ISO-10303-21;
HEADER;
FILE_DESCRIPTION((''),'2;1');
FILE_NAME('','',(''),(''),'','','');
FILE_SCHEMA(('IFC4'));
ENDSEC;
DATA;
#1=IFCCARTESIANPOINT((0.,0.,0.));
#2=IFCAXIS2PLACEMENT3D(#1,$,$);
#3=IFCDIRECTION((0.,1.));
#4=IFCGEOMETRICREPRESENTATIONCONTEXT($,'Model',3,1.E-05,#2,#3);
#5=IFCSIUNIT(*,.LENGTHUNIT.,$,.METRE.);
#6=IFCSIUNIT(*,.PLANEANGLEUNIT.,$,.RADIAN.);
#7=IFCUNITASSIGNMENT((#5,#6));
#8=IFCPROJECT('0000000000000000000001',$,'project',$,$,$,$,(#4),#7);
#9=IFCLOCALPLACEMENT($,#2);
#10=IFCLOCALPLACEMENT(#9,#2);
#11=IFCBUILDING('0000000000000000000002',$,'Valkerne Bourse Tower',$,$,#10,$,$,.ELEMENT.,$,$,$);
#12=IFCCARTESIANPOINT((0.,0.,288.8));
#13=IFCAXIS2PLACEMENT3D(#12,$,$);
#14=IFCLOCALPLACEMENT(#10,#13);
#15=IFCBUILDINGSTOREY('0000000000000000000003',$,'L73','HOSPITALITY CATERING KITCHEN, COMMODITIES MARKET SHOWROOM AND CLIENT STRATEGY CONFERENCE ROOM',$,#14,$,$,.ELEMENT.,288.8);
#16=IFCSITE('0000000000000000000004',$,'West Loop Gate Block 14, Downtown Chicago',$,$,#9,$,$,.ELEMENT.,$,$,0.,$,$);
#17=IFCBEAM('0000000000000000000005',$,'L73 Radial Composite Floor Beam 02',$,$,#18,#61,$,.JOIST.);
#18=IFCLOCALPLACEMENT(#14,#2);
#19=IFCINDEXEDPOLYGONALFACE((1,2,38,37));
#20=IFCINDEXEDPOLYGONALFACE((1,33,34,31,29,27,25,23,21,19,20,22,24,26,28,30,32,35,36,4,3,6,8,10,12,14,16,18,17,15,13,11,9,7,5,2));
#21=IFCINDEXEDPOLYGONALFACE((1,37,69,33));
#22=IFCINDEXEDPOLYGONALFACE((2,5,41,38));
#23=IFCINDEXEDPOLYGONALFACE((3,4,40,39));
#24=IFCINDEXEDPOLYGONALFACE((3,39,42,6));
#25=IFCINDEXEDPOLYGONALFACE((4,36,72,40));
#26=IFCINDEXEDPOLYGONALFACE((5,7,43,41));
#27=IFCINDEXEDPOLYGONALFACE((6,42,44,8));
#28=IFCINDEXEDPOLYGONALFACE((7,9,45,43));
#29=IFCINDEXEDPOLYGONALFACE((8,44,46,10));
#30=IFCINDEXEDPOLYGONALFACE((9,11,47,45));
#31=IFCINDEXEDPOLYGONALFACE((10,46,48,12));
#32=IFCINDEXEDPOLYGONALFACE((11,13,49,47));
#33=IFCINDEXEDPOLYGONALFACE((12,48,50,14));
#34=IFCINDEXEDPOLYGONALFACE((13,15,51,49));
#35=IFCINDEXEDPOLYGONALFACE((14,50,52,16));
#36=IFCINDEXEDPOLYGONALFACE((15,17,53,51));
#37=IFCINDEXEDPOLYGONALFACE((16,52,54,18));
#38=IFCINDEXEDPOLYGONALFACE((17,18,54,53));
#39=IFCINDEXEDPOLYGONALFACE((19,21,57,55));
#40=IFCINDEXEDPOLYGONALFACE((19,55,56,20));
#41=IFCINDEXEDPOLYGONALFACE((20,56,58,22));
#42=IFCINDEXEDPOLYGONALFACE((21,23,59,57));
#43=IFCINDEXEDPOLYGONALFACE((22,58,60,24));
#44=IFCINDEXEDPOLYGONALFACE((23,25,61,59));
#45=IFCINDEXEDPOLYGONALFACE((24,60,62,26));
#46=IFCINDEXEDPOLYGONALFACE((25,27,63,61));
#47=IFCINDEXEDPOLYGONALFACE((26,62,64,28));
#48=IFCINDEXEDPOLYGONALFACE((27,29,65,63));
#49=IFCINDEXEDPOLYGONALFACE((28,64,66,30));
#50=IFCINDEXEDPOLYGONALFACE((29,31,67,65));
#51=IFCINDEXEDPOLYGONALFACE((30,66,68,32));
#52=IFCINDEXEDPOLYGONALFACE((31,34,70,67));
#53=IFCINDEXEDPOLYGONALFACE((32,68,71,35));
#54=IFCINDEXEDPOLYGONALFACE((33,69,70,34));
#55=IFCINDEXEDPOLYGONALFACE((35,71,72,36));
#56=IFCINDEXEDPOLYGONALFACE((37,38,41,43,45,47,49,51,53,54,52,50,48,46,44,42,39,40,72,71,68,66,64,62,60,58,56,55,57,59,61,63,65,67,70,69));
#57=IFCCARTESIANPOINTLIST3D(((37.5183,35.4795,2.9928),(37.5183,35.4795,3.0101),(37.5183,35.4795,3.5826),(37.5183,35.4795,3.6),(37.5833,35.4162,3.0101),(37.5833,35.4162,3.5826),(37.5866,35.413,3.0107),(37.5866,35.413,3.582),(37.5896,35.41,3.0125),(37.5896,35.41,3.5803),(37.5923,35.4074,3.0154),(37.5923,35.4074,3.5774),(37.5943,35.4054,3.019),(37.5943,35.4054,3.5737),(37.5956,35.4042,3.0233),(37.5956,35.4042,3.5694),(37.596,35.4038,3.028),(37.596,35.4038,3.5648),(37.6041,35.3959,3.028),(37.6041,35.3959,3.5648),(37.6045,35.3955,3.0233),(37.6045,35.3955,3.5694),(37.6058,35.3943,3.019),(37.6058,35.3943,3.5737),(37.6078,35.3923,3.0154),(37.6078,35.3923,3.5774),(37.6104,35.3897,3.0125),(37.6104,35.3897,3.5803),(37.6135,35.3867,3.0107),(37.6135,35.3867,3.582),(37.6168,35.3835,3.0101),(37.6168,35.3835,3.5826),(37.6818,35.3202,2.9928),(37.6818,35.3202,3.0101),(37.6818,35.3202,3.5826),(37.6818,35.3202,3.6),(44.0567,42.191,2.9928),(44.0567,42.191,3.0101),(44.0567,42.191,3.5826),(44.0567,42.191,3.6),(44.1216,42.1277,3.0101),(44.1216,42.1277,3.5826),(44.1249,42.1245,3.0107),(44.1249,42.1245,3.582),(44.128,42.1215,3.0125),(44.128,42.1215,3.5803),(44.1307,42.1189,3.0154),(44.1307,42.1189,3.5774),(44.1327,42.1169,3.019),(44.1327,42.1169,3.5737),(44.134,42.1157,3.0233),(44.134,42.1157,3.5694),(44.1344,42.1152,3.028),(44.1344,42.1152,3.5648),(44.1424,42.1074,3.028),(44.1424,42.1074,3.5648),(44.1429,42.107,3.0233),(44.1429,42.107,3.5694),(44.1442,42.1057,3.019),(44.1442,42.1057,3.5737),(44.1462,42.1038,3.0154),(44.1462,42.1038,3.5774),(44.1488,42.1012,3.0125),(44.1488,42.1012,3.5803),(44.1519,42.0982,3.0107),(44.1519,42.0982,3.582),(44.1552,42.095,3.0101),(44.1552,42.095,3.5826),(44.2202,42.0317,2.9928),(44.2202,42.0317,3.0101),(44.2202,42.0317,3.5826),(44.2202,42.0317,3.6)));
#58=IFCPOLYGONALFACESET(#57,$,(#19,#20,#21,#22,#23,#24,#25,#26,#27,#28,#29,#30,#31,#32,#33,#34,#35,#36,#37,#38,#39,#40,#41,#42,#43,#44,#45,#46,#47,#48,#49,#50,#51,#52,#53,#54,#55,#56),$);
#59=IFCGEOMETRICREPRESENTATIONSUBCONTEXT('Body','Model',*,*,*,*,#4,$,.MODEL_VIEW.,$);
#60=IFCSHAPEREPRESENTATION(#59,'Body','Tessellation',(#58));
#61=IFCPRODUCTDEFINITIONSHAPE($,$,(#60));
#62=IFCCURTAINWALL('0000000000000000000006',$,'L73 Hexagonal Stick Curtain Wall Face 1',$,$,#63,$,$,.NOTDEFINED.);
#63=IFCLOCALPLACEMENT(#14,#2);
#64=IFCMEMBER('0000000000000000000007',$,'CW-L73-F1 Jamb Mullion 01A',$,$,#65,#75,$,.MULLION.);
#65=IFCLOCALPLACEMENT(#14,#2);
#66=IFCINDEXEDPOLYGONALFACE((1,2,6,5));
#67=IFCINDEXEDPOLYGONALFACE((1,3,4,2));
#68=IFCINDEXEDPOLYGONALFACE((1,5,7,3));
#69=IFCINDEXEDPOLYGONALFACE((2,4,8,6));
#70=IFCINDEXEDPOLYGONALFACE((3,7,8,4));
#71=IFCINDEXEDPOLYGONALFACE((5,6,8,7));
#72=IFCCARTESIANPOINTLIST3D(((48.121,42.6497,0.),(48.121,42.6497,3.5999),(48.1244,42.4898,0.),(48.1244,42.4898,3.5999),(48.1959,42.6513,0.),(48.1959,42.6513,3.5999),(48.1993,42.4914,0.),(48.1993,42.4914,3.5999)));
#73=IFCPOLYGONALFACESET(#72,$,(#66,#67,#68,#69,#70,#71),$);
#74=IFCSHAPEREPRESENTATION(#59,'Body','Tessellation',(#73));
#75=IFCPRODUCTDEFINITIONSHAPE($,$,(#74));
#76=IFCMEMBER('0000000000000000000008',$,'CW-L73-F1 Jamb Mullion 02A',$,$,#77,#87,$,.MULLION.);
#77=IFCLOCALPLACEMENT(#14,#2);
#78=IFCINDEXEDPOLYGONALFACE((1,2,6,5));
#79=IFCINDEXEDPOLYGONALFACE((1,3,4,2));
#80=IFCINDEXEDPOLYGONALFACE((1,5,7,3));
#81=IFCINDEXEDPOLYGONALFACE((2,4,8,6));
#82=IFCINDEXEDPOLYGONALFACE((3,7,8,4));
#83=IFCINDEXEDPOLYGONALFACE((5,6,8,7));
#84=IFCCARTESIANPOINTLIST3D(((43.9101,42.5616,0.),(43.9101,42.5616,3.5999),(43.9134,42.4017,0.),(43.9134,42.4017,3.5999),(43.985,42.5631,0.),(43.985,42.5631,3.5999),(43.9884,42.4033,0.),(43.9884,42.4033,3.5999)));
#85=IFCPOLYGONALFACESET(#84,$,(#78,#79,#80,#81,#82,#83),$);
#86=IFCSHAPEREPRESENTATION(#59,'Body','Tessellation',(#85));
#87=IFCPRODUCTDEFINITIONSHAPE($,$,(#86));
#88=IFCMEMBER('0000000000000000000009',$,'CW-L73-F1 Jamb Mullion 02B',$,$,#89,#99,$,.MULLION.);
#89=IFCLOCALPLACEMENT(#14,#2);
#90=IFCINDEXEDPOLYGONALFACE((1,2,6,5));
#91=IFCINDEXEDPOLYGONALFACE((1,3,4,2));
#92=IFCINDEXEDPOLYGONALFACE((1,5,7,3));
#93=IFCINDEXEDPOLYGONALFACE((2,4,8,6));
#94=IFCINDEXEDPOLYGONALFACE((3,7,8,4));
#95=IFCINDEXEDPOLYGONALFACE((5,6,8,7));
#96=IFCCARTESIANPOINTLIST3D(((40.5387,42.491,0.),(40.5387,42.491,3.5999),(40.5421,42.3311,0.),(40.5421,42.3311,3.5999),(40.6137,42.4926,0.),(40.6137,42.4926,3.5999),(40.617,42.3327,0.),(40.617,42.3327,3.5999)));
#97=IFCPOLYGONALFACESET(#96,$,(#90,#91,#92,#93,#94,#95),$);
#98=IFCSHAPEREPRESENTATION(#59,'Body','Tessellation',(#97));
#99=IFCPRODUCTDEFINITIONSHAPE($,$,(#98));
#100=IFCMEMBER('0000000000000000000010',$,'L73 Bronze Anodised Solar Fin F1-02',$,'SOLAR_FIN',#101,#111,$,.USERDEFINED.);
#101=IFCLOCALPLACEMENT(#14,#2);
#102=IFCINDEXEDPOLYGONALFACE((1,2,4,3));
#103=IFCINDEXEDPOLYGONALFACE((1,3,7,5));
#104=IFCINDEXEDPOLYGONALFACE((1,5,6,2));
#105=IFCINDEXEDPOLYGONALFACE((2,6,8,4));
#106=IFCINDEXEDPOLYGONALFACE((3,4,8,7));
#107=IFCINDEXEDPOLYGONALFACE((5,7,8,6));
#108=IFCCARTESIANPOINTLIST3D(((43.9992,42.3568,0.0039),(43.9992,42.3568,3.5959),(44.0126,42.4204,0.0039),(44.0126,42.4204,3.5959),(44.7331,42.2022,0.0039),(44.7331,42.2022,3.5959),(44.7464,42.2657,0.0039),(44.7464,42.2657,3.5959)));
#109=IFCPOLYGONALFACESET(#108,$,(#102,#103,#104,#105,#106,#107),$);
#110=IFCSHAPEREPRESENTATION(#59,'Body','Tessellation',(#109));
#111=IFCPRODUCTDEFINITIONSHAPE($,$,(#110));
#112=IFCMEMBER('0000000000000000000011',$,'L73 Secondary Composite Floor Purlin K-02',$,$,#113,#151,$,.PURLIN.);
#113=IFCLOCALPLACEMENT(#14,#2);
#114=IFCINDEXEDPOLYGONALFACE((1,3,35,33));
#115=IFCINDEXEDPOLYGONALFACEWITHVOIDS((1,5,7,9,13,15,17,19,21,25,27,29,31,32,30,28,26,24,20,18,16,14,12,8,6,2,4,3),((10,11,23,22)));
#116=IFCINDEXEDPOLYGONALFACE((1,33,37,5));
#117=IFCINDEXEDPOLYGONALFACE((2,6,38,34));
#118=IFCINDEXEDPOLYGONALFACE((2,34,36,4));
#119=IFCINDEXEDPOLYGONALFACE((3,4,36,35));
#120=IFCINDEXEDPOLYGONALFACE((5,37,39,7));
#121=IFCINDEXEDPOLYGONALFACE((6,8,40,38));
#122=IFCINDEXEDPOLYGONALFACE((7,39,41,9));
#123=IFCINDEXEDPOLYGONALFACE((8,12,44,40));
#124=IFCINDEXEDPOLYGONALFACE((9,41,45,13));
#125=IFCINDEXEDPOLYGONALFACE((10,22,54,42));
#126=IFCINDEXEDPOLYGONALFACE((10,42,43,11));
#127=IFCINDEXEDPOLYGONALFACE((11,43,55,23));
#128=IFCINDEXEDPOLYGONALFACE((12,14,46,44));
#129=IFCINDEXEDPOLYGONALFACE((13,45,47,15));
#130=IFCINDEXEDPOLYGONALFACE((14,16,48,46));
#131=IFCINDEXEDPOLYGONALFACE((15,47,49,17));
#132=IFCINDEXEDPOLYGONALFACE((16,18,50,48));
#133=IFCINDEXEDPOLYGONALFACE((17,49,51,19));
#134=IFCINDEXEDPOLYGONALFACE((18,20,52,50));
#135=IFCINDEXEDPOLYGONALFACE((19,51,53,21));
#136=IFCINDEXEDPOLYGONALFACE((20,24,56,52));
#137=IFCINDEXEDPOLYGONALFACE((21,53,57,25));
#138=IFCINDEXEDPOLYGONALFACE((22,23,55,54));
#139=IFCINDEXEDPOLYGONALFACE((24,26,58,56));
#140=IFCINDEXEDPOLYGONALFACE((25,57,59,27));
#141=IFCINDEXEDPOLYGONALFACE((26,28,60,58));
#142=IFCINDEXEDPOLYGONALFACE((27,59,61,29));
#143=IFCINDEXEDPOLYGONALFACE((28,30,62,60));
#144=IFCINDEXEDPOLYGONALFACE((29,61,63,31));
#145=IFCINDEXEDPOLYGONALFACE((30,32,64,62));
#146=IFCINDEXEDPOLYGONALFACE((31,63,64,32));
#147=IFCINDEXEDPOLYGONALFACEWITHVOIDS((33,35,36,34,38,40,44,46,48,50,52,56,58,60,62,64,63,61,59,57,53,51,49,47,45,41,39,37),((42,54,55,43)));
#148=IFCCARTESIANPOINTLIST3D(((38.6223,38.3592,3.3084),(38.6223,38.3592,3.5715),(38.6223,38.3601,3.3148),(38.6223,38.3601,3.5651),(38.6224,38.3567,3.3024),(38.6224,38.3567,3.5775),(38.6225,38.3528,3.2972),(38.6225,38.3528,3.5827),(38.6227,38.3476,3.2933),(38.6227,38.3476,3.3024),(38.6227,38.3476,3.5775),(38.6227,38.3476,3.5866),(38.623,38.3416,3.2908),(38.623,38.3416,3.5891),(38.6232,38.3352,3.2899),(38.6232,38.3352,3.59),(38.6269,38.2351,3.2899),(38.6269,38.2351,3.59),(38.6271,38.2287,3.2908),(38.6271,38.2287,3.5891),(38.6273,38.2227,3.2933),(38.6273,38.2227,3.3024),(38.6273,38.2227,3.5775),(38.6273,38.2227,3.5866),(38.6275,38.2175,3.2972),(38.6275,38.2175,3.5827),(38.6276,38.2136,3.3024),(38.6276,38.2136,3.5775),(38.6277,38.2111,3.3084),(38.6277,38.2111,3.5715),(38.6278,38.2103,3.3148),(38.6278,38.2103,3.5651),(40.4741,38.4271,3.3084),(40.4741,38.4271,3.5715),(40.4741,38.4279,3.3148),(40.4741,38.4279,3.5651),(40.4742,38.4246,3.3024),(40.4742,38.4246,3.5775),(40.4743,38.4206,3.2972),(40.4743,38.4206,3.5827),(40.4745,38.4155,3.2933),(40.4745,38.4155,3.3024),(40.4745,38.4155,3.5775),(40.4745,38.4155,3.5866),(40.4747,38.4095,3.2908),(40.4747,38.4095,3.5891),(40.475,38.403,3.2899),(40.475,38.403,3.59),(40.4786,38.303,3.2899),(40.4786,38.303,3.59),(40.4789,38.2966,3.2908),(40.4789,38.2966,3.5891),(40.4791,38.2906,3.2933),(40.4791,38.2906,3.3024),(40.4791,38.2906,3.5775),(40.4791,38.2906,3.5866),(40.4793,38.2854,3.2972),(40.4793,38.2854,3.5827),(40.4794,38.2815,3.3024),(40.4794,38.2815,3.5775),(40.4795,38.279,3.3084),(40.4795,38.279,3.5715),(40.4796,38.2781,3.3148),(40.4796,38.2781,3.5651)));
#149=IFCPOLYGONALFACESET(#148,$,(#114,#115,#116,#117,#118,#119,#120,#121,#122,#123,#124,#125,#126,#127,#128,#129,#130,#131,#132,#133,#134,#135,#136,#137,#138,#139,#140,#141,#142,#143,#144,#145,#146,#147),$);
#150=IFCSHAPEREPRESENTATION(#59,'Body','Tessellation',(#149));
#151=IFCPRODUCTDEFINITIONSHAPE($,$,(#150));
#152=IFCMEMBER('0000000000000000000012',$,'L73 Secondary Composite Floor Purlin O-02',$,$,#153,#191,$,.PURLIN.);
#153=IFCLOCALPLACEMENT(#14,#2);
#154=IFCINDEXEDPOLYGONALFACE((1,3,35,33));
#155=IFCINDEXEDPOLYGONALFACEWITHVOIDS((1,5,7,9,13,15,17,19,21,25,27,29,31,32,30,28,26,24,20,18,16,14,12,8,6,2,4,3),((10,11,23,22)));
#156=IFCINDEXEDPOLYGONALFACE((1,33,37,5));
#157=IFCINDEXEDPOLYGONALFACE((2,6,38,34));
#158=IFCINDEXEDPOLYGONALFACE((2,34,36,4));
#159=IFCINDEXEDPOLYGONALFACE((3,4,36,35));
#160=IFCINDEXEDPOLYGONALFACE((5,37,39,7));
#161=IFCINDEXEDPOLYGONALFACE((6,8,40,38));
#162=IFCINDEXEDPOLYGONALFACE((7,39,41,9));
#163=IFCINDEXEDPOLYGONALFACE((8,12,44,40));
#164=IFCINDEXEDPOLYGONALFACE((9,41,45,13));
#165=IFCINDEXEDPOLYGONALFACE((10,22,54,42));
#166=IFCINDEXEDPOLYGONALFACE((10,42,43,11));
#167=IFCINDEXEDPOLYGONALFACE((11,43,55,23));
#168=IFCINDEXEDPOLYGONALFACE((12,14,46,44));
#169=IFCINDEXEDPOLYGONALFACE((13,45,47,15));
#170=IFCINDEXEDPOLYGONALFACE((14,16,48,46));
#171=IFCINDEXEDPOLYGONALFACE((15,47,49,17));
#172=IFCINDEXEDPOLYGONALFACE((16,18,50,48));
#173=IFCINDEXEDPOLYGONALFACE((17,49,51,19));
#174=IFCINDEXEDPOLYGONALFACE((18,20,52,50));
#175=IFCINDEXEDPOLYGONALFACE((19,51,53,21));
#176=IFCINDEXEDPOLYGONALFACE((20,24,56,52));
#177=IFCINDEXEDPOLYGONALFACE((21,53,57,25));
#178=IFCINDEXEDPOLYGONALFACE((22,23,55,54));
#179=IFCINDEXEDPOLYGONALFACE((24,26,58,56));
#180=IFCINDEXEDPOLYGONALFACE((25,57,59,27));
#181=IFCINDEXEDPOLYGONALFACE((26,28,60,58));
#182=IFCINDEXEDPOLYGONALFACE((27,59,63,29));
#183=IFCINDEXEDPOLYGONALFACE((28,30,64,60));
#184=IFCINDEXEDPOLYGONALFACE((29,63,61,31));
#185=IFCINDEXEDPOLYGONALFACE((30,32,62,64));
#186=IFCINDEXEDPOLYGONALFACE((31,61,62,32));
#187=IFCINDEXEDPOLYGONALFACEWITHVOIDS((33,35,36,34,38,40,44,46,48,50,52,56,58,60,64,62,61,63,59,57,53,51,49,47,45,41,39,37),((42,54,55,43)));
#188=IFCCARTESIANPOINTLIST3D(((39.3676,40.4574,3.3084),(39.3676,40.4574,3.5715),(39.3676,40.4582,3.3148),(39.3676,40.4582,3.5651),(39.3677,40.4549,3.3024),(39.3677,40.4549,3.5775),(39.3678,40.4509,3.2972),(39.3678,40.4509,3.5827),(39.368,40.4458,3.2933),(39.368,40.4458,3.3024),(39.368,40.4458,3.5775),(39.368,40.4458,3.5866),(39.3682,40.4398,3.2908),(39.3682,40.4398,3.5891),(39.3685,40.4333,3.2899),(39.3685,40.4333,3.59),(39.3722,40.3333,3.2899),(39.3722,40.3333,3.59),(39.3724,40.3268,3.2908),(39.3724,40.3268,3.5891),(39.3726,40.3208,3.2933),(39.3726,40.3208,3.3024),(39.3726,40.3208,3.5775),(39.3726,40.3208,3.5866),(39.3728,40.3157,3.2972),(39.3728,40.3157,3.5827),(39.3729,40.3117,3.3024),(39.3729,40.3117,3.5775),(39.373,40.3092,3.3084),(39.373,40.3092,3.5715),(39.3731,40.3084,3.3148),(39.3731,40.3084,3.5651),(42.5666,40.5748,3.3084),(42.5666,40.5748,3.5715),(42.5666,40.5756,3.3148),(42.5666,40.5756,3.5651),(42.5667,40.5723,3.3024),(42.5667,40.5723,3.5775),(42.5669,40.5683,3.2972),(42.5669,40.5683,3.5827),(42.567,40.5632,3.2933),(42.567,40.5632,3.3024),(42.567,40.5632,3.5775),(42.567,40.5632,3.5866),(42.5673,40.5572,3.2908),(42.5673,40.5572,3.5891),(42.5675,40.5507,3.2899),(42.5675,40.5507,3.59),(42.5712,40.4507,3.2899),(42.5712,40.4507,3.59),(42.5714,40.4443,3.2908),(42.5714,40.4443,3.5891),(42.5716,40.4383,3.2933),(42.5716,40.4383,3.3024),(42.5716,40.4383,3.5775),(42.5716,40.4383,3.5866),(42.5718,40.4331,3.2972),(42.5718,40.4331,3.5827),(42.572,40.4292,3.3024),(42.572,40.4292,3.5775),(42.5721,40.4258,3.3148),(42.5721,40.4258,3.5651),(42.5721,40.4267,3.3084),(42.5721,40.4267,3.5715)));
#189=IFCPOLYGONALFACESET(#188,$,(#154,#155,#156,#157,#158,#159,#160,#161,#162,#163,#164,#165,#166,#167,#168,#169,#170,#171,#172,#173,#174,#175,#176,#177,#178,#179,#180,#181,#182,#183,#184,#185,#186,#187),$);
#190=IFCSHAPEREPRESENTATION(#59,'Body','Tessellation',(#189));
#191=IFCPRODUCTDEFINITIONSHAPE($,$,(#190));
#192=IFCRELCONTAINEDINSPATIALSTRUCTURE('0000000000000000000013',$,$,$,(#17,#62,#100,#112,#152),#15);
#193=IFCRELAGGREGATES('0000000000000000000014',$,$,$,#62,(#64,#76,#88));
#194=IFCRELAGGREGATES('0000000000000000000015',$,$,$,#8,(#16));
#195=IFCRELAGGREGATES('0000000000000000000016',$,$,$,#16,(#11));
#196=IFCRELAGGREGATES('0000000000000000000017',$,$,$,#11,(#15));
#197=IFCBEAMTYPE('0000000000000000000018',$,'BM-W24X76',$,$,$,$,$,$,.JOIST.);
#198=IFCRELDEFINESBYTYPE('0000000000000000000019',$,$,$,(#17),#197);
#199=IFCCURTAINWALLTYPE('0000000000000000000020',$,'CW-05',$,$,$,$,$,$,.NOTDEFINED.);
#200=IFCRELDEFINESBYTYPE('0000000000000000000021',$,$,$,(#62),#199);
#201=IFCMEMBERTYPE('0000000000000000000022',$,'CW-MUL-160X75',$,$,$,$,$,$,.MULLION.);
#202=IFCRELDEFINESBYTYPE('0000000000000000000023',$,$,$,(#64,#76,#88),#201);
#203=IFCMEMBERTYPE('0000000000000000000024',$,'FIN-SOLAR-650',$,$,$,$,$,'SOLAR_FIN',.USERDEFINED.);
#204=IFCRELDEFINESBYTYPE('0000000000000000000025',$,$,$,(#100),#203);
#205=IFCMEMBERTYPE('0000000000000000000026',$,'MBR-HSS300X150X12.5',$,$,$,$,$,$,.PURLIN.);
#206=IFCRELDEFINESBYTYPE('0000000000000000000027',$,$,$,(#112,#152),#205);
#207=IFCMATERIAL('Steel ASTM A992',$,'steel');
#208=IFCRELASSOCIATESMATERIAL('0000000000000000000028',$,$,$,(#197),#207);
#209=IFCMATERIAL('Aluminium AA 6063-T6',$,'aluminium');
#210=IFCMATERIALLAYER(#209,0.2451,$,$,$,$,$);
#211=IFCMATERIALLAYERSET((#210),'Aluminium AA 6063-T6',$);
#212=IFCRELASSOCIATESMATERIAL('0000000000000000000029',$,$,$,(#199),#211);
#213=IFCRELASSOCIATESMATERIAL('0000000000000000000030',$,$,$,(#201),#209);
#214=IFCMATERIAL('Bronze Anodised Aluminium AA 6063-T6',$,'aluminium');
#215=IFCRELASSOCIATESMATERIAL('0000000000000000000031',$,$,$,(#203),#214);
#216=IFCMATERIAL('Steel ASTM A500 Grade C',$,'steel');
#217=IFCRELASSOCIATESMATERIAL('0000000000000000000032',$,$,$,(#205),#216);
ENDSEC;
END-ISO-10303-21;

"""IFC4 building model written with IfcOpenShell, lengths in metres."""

from ifc_helpers import new_model, si_unit, direction, frame, origin, origin_2d, place, context, subcontext, project, spatial, rectangle, hollow_rectangle, i_section, extrude, material, layer, layer_set, material_profile, profile_set, type_object, element, aggregate, save


model = new_model("IFC4")

# Units and contexts
model_context = context("Model", 3, precision=1e-05, world=origin(), true_north=direction((0.0, 1.0)))
body_context = subcontext(model_context, "Body", "Model", "MODEL_VIEW")
ifc_project = project(units=[si_unit("LENGTHUNIT", "METRE"), si_unit("PLANEANGLEUNIT", "RADIAN")], contexts=[model_context])

# Site, building, storey
site_placement = place(None, origin())
site = spatial("IfcSite", under=ifc_project, at=site_placement, Name="West Loop Gate Block 14, Downtown Chicago", CompositionType="ELEMENT", RefElevation=0.0)
building_placement = place(site_placement, origin())
building = spatial("IfcBuilding", under=site, at=building_placement, Name="Valkerne Bourse Tower", CompositionType="ELEMENT")
storey_placement = place(building_placement, frame((0.0, 0.0, 288.8)))
storey = spatial("IfcBuildingStorey", under=building, at=storey_placement, Name="L73", Description="HOSPITALITY CATERING KITCHEN, COMMODITIES MARKET SHOWROOM AND CLIENT STRATEGY CONFERENCE ROOM", CompositionType="ELEMENT", Elevation=288.8)

# Beam
ifc_material_1 = material(Name="Steel ASTM A992", Category="steel")
ifc_material_profile_1 = material_profile(ifc_material_1, i_section(OverallWidth=0.2283, OverallDepth=0.6072, WebThickness=0.0112, FlangeThickness=0.0173, FilletRadius=0.0178, at=origin_2d()), Name="W24X76")
ifc_profile_set_1 = profile_set([ifc_material_profile_1], Name="Steel ASTM A992")
beam_type_1 = type_object("IfcBeamType", Name="BM-W24X76", PredefinedType="JOIST", material=ifc_profile_set_1)
beam_placement = place(storey_placement, frame((44.1384, 42.1113, 3.2964), z_axis=(-0.69781, -0.716283, 0.0), x_axis=(0.716283, -0.69781, 0.0)))
element("IfcBeam", 1, at=beam_placement, inside=storey, type_object=beam_type_1, Name="L73 Radial Composite Floor Beam 02", PredefinedType="JOIST", context=body_context, shape_type="SweptSolid", body=[
    extrude(i_section(OverallWidth=0.2283, OverallDepth=0.6072, WebThickness=0.0112, FlangeThickness=0.0173, FilletRadius=0.0178, at=origin_2d()), origin(), (0.0, 0.0, 1.0), 9.3699),
])

# Curtain wall, members
ifc_material_2 = material(Name="Aluminium AA 6063-T6", Category="aluminium")
ifc_layer_1 = layer(ifc_material_2, 0.2451)
ifc_layer_set_1 = layer_set([ifc_layer_1], Name="Aluminium AA 6063-T6")
curtain_wall_type = type_object("IfcCurtainWallType", Name="CW-05", PredefinedType="NOTDEFINED", material=ifc_layer_set_1)
curtain_wall_placement = place(storey_placement, origin())
curtain_wall = element("IfcCurtainWall", 2, at=curtain_wall_placement, inside=storey, type_object=curtain_wall_type, Name="L73 Hexagonal Stick Curtain Wall Face 1", PredefinedType="NOTDEFINED")
ifc_material_profile_2 = material_profile(ifc_material_2, rectangle(XDim=0.075, YDim=0.1599, at=origin_2d()), Name="CWM-75X160")
ifc_profile_set_2 = profile_set([ifc_material_profile_2], Name="Aluminium AA 6063-T6")
member_type_1 = type_object("IfcMemberType", Name="CW-MUL-160X75", PredefinedType="MULLION", material=ifc_profile_set_2)
member_1_placement = place(storey_placement, frame((48.1602, 42.5706, 0.0), z_axis=(0.0, 0.0, 1.0), x_axis=(-0.999781, -0.020941, 0.0)))
member_1 = element("IfcMember", 3, at=member_1_placement, type_object=member_type_1, Name="CW-L73-F1 Jamb Mullion 01A", PredefinedType="MULLION", context=body_context, shape_type="SweptSolid", body=[
    extrude(rectangle(XDim=0.075, YDim=0.1599, at=origin_2d()), origin(), (0.0, 0.0, 1.0), 3.5999),
])
member_2_placement = place(storey_placement, frame((43.9492, 42.4824, 0.0), z_axis=(0.0, 0.0, 1.0), x_axis=(-0.999781, -0.02094, 0.0)))
member_2 = element("IfcMember", 4, at=member_2_placement, type_object=member_type_1, Name="CW-L73-F1 Jamb Mullion 02A", PredefinedType="MULLION", context=body_context, shape_type="SweptSolid", body=[
    extrude(rectangle(XDim=0.075, YDim=0.1599, at=origin_2d()), origin(), (0.0, 0.0, 1.0), 3.5999),
])
member_3_placement = place(storey_placement, frame((40.5779, 42.4119, 0.0), z_axis=(0.0, 0.0, 1.0), x_axis=(-0.999781, -0.02094, 0.0)))
member_3 = element("IfcMember", 5, at=member_3_placement, type_object=member_type_1, Name="CW-L73-F1 Jamb Mullion 02B", PredefinedType="MULLION", context=body_context, shape_type="SweptSolid", body=[
    extrude(rectangle(XDim=0.075, YDim=0.1599, at=origin_2d()), origin(), (0.0, 0.0, 1.0), 3.5999),
])

# Members
ifc_material_3 = material(Name="Bronze Anodised Aluminium AA 6063-T6", Category="aluminium")
ifc_material_profile_3 = material_profile(ifc_material_3, rectangle(XDim=0.0649, YDim=0.75, at=origin_2d()), Name="FIN-65X750")
ifc_profile_set_3 = profile_set([ifc_material_profile_3], Name="Bronze Anodised Aluminium AA 6063-T6")
member_type_2 = type_object("IfcMemberType", Name="FIN-SOLAR-650", ElementType="SOLAR_FIN", PredefinedType="USERDEFINED", material=ifc_profile_set_3)
member_4_placement = place(storey_placement, frame((44.3728, 42.3113, 0.0039), z_axis=(0.0, 0.0, 1.0), x_axis=(0.206142, 0.978522, 0.0)))
element("IfcMember", 6, at=member_4_placement, inside=storey, type_object=member_type_2, Name="L73 Bronze Anodised Solar Fin F1-02", ObjectType="SOLAR_FIN", PredefinedType="USERDEFINED", context=body_context, shape_type="SweptSolid", body=[
    extrude(rectangle(XDim=0.0649, YDim=0.75, at=origin_2d()), origin(), (0.0, 0.0, 1.0), 3.592),
])
ifc_material_4 = material(Name="Steel ASTM A500 Grade C", Category="steel")
ifc_material_profile_4 = material_profile(ifc_material_4, hollow_rectangle(XDim=0.1499, YDim=0.3, WallThickness=0.0125, OuterFilletRadius=0.0249, at=origin_2d()), Name="HSS300X150X12.5")
ifc_profile_set_4 = profile_set([ifc_material_profile_4], Name="Steel ASTM A500 Grade C")
member_type_3 = type_object("IfcMemberType", Name="MBR-HSS300X150X12.5", PredefinedType="PURLIN", material=ifc_profile_set_4)
member_5_placement = place(storey_placement, frame((40.4768, 38.353, 3.4399), z_axis=(-0.999329, -0.036627, 0.0), x_axis=(0.036627, -0.999329, 0.0)))
element("IfcMember", 7, at=member_5_placement, inside=storey, type_object=member_type_3, Name="L73 Secondary Composite Floor Purlin K-02", PredefinedType="PURLIN", context=body_context, shape_type="SweptSolid", body=[
    extrude(hollow_rectangle(XDim=0.1499, YDim=0.3, WallThickness=0.0125, OuterFilletRadius=0.0249, at=origin_2d()), origin(), (0.0, 0.0, 1.0), 1.853),
])
member_6_placement = place(storey_placement, frame((42.5693, 40.5007, 3.4399), z_axis=(-0.999327, -0.036684, 0.0), x_axis=(0.036684, -0.999327, 0.0)))
element("IfcMember", 8, at=member_6_placement, inside=storey, type_object=member_type_3, Name="L73 Secondary Composite Floor Purlin O-02", PredefinedType="PURLIN", context=body_context, shape_type="SweptSolid", body=[
    extrude(hollow_rectangle(XDim=0.1499, YDim=0.3, WallThickness=0.0125, OuterFilletRadius=0.0249, at=origin_2d()), origin(), (0.0, 0.0, 1.0), 3.2012),
])

aggregate(curtain_wall, [member_1, member_2, member_3])

save(model, "model.ifc")
